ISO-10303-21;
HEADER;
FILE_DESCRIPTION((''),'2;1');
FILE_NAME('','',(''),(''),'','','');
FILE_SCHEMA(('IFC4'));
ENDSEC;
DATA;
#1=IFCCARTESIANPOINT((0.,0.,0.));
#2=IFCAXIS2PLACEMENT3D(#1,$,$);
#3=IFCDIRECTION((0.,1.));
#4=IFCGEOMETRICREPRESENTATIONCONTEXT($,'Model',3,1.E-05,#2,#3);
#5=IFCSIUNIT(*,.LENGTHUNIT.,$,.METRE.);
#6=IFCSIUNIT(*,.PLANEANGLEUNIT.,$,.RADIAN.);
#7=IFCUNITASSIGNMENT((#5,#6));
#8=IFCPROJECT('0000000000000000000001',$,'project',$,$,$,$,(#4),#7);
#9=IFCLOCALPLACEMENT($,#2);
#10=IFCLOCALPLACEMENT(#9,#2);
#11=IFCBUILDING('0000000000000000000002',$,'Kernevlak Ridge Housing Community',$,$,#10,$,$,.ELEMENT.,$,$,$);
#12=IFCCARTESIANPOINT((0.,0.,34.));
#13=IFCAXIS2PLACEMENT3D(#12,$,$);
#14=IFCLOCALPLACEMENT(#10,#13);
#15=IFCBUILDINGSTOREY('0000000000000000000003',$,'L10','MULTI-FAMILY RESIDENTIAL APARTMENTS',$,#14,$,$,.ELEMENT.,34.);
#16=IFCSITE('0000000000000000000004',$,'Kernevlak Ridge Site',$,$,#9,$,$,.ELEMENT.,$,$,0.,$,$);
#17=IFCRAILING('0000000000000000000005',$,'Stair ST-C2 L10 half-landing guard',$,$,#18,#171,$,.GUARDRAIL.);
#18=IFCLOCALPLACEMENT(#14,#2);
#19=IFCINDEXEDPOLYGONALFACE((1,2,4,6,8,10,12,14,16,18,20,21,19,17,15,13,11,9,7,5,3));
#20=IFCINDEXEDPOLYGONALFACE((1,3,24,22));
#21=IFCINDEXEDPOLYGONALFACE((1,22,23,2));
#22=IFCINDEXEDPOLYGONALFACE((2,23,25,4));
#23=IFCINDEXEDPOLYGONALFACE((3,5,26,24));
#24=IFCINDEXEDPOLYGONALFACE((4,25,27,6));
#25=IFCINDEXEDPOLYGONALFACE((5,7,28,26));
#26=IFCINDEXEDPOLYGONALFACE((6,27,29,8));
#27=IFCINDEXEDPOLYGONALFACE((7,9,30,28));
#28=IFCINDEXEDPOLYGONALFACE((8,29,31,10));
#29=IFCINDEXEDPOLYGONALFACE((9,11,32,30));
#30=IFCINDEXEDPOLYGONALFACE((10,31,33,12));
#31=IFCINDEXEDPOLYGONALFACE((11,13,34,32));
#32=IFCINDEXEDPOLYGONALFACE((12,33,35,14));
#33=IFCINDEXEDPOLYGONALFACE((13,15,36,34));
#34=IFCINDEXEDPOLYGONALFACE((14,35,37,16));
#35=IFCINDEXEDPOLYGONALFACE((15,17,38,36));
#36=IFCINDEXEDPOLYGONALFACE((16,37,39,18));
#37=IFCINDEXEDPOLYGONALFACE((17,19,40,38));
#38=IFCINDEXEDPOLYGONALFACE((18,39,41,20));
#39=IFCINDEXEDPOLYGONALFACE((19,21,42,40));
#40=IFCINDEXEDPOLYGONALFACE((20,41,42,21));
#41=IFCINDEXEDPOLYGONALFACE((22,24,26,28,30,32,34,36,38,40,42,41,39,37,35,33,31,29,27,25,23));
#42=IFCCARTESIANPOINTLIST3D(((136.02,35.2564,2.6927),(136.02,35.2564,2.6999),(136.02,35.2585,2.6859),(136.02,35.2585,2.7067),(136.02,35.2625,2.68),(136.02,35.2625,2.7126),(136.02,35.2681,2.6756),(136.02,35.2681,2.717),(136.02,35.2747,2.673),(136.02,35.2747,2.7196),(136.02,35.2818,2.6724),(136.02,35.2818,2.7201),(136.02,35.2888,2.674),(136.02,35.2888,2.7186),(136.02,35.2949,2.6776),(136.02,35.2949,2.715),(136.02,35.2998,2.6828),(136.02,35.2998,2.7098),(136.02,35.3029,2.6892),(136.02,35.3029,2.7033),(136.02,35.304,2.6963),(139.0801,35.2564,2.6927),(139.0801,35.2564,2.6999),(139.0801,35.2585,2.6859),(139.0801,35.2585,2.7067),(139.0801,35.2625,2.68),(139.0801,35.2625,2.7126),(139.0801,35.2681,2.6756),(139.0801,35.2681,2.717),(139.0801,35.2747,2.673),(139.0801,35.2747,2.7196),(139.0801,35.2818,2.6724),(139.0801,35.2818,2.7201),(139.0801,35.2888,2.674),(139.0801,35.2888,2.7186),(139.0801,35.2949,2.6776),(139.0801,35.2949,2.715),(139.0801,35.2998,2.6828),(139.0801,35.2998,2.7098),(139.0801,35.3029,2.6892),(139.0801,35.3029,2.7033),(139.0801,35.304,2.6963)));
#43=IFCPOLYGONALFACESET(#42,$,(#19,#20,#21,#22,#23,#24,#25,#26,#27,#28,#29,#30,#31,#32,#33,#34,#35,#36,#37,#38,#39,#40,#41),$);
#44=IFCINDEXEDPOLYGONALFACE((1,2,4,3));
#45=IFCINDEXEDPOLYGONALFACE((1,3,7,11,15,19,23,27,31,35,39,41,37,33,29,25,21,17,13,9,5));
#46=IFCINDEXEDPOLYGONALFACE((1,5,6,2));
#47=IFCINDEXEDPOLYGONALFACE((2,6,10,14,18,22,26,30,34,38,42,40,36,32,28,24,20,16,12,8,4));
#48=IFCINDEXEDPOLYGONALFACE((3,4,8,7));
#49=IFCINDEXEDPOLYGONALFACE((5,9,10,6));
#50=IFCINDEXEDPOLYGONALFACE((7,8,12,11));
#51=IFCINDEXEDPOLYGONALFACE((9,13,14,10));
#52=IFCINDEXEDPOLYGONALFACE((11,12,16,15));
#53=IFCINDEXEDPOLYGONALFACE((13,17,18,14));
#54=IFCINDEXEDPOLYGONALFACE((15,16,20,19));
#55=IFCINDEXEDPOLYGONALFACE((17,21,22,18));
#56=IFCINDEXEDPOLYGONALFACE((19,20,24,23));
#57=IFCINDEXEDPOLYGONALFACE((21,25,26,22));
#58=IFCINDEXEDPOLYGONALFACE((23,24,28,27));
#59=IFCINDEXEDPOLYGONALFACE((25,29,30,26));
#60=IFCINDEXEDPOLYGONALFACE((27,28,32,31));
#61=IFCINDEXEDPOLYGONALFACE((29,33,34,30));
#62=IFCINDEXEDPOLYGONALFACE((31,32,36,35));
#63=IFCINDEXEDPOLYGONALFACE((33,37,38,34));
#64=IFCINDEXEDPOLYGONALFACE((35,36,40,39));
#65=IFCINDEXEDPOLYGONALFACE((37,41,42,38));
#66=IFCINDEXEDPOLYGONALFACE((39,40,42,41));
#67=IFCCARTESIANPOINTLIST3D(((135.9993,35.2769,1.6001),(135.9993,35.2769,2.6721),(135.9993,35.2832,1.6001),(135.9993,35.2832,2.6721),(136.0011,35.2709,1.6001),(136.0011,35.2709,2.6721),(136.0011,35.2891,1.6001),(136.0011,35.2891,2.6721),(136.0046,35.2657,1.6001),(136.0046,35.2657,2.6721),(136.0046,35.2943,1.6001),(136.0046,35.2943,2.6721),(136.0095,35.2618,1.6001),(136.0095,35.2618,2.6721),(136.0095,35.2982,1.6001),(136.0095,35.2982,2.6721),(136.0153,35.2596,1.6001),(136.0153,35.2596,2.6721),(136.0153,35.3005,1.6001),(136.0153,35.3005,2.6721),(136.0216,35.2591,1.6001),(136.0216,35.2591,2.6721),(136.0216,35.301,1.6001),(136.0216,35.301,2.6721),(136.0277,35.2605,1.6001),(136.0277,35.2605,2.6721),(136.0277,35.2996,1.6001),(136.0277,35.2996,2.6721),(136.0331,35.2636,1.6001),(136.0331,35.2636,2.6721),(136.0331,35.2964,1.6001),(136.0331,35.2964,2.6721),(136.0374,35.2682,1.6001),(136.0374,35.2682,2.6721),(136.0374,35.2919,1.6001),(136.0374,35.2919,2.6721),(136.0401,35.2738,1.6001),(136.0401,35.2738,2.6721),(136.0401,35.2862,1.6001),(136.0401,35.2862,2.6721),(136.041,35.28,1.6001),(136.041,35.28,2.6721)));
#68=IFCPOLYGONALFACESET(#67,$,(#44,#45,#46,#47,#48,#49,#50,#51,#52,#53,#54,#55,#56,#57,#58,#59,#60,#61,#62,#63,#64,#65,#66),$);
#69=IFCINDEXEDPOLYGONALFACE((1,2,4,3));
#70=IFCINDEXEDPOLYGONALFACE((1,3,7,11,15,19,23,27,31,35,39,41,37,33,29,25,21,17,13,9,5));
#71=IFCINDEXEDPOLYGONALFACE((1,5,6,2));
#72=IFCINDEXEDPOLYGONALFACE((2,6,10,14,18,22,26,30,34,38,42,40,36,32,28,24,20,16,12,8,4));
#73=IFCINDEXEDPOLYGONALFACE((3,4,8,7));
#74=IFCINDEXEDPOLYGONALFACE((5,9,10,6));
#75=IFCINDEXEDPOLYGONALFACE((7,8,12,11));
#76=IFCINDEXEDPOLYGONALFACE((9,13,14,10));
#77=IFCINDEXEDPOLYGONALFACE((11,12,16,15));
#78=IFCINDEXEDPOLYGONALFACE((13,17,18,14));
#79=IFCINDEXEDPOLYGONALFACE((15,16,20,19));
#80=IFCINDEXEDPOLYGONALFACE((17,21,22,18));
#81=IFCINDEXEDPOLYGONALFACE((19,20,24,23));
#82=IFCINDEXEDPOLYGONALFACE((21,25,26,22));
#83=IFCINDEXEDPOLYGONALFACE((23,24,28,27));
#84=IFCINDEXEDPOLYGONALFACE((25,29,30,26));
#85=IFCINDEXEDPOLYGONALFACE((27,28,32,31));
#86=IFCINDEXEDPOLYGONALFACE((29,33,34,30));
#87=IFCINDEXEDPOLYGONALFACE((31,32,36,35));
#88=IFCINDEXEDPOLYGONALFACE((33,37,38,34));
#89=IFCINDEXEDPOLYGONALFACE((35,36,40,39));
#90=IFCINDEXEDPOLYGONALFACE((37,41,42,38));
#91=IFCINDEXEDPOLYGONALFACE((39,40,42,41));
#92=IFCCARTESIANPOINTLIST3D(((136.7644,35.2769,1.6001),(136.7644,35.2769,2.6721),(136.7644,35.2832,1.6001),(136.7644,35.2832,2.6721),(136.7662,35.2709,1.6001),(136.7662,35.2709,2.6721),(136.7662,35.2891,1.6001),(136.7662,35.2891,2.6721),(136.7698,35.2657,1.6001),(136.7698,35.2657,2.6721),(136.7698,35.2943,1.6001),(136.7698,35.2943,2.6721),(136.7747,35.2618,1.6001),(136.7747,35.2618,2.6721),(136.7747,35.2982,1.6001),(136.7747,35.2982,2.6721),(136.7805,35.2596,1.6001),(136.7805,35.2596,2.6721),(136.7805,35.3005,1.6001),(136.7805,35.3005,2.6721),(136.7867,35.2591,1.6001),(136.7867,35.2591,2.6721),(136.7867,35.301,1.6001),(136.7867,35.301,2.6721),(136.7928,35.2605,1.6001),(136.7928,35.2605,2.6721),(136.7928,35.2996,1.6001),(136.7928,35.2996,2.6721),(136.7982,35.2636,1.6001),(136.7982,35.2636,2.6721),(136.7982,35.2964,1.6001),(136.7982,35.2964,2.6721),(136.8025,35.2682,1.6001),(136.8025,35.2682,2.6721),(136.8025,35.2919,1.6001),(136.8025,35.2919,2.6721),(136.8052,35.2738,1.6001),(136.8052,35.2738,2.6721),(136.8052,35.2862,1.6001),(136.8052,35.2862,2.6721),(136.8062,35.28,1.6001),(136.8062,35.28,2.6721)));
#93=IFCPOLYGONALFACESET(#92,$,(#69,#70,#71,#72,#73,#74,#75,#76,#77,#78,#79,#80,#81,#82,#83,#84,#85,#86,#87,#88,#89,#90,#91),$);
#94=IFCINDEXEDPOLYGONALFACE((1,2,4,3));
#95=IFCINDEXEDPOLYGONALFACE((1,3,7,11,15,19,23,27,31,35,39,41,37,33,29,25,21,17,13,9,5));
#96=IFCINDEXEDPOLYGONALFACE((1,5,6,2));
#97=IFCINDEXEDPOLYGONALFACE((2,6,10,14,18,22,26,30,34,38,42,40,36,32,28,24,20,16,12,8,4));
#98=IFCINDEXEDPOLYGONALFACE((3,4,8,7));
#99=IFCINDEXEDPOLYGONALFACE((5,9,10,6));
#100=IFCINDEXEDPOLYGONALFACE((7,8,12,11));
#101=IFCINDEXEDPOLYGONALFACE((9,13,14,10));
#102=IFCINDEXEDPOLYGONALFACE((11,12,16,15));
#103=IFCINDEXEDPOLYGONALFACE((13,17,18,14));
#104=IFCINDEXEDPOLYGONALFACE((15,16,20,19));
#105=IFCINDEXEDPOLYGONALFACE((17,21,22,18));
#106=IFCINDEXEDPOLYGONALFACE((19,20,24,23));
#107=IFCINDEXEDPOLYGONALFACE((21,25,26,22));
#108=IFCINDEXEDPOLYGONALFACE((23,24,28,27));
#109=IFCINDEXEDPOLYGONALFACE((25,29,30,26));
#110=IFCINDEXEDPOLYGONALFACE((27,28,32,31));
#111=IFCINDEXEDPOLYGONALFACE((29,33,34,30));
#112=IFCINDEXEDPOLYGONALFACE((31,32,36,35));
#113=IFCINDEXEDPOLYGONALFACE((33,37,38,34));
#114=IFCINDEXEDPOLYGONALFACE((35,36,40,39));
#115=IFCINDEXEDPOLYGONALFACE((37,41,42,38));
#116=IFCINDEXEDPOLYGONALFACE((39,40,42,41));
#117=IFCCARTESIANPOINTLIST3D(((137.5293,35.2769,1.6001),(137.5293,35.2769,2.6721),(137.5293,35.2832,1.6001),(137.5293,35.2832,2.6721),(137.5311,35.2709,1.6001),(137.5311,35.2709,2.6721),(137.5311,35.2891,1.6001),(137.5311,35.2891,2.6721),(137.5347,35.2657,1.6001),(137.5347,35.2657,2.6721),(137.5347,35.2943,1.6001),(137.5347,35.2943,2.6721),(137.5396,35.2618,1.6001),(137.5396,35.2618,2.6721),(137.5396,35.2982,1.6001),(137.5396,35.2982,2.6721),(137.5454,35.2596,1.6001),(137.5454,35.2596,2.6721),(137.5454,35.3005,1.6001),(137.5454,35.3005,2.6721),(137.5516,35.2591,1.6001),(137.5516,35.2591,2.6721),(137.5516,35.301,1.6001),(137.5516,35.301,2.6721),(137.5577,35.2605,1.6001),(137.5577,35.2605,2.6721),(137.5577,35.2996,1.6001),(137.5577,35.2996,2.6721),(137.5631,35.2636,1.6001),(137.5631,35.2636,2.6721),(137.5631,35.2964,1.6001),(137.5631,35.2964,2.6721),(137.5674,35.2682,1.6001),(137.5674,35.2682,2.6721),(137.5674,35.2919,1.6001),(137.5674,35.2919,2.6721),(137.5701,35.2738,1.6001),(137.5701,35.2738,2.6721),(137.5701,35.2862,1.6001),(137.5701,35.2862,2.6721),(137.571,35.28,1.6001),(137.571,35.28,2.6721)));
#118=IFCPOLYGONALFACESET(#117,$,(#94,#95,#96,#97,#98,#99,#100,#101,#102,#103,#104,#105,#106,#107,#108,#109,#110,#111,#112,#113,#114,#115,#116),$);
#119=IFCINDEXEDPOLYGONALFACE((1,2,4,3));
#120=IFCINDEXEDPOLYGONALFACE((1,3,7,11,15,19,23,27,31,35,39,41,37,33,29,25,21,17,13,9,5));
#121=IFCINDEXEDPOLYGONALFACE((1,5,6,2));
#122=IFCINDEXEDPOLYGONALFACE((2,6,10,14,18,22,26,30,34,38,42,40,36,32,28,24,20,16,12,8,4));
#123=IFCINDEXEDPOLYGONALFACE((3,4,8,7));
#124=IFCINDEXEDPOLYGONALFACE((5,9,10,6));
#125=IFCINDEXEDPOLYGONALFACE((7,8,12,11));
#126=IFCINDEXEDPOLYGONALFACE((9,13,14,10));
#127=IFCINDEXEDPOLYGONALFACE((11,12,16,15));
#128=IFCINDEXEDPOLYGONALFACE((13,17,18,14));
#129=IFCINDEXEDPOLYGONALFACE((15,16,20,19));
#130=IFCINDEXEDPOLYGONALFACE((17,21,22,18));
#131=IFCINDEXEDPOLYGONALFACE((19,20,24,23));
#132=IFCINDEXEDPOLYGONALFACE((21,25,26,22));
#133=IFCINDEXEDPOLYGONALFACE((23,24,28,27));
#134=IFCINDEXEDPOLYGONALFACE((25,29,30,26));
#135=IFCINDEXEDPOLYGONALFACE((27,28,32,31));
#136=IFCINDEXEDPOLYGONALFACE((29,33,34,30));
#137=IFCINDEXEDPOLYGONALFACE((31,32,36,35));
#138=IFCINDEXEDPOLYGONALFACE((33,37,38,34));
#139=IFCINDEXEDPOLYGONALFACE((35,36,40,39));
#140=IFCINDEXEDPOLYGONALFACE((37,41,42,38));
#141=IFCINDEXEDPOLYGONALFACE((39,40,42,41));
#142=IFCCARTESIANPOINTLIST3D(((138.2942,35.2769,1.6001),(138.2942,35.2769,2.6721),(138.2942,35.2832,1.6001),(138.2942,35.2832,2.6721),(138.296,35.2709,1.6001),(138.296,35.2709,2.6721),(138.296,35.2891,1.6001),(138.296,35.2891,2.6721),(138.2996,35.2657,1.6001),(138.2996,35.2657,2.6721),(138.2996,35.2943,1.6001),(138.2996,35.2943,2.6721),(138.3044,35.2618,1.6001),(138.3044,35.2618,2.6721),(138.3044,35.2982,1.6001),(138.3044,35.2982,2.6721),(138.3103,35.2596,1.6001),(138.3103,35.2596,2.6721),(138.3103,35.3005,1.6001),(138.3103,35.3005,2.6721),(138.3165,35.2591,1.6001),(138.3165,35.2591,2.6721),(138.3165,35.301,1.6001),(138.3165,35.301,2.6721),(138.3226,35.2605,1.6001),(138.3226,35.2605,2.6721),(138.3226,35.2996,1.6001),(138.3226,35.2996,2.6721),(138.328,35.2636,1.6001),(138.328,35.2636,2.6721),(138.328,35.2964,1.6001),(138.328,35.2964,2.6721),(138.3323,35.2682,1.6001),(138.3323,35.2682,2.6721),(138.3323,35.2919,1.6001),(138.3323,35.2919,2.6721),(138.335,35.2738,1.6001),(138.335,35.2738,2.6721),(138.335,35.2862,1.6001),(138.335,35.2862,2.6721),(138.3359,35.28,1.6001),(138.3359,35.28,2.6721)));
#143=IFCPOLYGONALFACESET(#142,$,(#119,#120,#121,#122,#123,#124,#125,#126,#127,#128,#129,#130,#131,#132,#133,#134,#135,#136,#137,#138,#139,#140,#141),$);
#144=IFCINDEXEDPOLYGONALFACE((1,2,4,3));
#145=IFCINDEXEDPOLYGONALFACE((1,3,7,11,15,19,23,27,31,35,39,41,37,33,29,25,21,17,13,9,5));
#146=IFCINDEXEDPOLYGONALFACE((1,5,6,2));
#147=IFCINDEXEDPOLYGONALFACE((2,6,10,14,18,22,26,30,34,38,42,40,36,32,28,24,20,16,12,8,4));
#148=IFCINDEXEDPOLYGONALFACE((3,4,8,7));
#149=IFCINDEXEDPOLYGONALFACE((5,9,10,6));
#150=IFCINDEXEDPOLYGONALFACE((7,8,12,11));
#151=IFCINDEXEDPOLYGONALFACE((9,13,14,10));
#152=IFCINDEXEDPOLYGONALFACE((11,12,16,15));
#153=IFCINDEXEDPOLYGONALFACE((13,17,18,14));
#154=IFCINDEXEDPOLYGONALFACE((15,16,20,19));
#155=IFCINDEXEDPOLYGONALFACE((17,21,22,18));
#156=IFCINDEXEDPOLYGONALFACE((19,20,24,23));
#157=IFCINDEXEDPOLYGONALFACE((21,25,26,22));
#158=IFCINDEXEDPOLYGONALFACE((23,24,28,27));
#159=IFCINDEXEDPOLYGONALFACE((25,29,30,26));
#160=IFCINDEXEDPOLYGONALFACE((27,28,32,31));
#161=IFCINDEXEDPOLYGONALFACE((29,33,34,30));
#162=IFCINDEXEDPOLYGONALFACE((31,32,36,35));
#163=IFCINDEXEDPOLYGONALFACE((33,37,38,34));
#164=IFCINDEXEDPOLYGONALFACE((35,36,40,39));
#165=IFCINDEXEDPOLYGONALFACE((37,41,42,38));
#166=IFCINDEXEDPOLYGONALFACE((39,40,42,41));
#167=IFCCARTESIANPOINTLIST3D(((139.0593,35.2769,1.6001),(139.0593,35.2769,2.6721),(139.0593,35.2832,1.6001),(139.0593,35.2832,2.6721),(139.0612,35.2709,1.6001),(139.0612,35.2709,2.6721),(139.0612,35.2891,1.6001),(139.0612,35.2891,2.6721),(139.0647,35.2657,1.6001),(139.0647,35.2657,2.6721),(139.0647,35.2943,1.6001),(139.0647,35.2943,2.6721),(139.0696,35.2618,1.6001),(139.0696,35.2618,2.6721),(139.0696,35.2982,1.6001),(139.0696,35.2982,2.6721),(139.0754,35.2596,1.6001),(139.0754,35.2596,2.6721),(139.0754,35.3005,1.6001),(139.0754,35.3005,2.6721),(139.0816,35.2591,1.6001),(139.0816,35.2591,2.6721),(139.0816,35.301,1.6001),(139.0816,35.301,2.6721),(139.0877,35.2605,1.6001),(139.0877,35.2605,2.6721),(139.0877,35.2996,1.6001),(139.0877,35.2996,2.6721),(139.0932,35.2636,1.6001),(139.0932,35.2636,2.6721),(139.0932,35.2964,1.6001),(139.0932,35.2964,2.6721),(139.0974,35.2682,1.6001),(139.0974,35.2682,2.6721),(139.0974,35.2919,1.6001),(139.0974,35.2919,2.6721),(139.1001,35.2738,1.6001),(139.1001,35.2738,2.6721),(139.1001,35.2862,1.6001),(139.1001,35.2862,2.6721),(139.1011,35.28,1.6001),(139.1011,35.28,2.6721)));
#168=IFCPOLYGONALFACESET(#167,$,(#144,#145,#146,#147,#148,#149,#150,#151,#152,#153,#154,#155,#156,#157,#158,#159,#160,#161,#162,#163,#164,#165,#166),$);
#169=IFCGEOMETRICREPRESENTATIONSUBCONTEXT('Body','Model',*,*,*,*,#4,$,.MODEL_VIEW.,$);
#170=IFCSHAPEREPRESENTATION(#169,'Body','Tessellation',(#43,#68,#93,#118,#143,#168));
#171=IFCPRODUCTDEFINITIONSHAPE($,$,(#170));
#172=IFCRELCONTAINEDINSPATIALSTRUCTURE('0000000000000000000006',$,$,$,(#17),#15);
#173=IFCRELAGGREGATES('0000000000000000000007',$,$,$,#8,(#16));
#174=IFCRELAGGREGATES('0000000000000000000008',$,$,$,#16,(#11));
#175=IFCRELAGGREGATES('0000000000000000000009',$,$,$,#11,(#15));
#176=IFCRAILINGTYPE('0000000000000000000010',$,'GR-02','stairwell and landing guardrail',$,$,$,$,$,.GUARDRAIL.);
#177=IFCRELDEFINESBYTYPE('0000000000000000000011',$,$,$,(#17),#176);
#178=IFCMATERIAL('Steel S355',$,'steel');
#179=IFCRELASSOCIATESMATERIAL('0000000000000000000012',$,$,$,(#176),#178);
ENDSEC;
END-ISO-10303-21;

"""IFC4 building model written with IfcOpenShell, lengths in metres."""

from ifc_helpers import new_model, si_unit, direction, frame, origin, origin_2d, place, context, subcontext, project, spatial, circle, extrude, material, type_object, element, save


model = new_model("IFC4")

# Units and contexts
model_context = context("Model", 3, precision=1e-05, world=origin(), true_north=direction((0.0, 1.0)))
body_context = subcontext(model_context, "Body", "Model", "MODEL_VIEW")
ifc_project = project(units=[si_unit("LENGTHUNIT", "METRE"), si_unit("PLANEANGLEUNIT", "RADIAN")], contexts=[model_context])

# Site, building, storey
site_placement = place(None, origin())
site = spatial("IfcSite", under=ifc_project, at=site_placement, Name="Kernevlak Ridge Site", CompositionType="ELEMENT", RefElevation=0.0)
building_placement = place(site_placement, origin())
building = spatial("IfcBuilding", under=site, at=building_placement, Name="Kernevlak Ridge Housing Community", CompositionType="ELEMENT")
storey_placement = place(building_placement, frame((0.0, 0.0, 34.0)))
storey = spatial("IfcBuildingStorey", under=building, at=storey_placement, Name="L10", Description="MULTI-FAMILY RESIDENTIAL APARTMENTS", CompositionType="ELEMENT", Elevation=34.0)

# Railing
ifc_material_1 = material(Name="Steel S355", Category="steel")
railing_type_1 = type_object("IfcRailingType", Name="GR-02", Description="stairwell and landing guardrail", PredefinedType="GUARDRAIL", material=ifc_material_1)
railing_1_placement = place(storey_placement, frame((136.02, 35.28, 1.6001)))
element("IfcRailing", 1, at=railing_1_placement, inside=storey, type_object=railing_type_1, Name="Stair ST-C2 L10 half-landing guard", PredefinedType="GUARDRAIL", context=body_context, shape_type="SweptSolid", body=[
    extrude(circle(Radius=0.0239, at=origin_2d()), frame((0.0, 0.0, 1.0962), z_axis=(1.0, 0.0, 0.0), x_axis=(0.0, 1.0, 0.0)), (0.0, 0.0, 1.0), 3.0601),
    extrude(circle(Radius=0.021, at=origin_2d()), origin(), (0.0, 0.0, 1.0), 1.072),
    extrude(circle(Radius=0.021, at=origin_2d()), frame((0.7651, 0.0, 0.0)), (0.0, 0.0, 1.0), 1.072),
    extrude(circle(Radius=0.021, at=origin_2d()), frame((1.53, 0.0, 0.0)), (0.0, 0.0, 1.0), 1.072),
    extrude(circle(Radius=0.021, at=origin_2d()), frame((2.2949, 0.0, 0.0)), (0.0, 0.0, 1.0), 1.072),
    extrude(circle(Radius=0.021, at=origin_2d()), frame((3.0601, 0.0, 0.0)), (0.0, 0.0, 1.0), 1.072),
])

save(model, "model.ifc")
